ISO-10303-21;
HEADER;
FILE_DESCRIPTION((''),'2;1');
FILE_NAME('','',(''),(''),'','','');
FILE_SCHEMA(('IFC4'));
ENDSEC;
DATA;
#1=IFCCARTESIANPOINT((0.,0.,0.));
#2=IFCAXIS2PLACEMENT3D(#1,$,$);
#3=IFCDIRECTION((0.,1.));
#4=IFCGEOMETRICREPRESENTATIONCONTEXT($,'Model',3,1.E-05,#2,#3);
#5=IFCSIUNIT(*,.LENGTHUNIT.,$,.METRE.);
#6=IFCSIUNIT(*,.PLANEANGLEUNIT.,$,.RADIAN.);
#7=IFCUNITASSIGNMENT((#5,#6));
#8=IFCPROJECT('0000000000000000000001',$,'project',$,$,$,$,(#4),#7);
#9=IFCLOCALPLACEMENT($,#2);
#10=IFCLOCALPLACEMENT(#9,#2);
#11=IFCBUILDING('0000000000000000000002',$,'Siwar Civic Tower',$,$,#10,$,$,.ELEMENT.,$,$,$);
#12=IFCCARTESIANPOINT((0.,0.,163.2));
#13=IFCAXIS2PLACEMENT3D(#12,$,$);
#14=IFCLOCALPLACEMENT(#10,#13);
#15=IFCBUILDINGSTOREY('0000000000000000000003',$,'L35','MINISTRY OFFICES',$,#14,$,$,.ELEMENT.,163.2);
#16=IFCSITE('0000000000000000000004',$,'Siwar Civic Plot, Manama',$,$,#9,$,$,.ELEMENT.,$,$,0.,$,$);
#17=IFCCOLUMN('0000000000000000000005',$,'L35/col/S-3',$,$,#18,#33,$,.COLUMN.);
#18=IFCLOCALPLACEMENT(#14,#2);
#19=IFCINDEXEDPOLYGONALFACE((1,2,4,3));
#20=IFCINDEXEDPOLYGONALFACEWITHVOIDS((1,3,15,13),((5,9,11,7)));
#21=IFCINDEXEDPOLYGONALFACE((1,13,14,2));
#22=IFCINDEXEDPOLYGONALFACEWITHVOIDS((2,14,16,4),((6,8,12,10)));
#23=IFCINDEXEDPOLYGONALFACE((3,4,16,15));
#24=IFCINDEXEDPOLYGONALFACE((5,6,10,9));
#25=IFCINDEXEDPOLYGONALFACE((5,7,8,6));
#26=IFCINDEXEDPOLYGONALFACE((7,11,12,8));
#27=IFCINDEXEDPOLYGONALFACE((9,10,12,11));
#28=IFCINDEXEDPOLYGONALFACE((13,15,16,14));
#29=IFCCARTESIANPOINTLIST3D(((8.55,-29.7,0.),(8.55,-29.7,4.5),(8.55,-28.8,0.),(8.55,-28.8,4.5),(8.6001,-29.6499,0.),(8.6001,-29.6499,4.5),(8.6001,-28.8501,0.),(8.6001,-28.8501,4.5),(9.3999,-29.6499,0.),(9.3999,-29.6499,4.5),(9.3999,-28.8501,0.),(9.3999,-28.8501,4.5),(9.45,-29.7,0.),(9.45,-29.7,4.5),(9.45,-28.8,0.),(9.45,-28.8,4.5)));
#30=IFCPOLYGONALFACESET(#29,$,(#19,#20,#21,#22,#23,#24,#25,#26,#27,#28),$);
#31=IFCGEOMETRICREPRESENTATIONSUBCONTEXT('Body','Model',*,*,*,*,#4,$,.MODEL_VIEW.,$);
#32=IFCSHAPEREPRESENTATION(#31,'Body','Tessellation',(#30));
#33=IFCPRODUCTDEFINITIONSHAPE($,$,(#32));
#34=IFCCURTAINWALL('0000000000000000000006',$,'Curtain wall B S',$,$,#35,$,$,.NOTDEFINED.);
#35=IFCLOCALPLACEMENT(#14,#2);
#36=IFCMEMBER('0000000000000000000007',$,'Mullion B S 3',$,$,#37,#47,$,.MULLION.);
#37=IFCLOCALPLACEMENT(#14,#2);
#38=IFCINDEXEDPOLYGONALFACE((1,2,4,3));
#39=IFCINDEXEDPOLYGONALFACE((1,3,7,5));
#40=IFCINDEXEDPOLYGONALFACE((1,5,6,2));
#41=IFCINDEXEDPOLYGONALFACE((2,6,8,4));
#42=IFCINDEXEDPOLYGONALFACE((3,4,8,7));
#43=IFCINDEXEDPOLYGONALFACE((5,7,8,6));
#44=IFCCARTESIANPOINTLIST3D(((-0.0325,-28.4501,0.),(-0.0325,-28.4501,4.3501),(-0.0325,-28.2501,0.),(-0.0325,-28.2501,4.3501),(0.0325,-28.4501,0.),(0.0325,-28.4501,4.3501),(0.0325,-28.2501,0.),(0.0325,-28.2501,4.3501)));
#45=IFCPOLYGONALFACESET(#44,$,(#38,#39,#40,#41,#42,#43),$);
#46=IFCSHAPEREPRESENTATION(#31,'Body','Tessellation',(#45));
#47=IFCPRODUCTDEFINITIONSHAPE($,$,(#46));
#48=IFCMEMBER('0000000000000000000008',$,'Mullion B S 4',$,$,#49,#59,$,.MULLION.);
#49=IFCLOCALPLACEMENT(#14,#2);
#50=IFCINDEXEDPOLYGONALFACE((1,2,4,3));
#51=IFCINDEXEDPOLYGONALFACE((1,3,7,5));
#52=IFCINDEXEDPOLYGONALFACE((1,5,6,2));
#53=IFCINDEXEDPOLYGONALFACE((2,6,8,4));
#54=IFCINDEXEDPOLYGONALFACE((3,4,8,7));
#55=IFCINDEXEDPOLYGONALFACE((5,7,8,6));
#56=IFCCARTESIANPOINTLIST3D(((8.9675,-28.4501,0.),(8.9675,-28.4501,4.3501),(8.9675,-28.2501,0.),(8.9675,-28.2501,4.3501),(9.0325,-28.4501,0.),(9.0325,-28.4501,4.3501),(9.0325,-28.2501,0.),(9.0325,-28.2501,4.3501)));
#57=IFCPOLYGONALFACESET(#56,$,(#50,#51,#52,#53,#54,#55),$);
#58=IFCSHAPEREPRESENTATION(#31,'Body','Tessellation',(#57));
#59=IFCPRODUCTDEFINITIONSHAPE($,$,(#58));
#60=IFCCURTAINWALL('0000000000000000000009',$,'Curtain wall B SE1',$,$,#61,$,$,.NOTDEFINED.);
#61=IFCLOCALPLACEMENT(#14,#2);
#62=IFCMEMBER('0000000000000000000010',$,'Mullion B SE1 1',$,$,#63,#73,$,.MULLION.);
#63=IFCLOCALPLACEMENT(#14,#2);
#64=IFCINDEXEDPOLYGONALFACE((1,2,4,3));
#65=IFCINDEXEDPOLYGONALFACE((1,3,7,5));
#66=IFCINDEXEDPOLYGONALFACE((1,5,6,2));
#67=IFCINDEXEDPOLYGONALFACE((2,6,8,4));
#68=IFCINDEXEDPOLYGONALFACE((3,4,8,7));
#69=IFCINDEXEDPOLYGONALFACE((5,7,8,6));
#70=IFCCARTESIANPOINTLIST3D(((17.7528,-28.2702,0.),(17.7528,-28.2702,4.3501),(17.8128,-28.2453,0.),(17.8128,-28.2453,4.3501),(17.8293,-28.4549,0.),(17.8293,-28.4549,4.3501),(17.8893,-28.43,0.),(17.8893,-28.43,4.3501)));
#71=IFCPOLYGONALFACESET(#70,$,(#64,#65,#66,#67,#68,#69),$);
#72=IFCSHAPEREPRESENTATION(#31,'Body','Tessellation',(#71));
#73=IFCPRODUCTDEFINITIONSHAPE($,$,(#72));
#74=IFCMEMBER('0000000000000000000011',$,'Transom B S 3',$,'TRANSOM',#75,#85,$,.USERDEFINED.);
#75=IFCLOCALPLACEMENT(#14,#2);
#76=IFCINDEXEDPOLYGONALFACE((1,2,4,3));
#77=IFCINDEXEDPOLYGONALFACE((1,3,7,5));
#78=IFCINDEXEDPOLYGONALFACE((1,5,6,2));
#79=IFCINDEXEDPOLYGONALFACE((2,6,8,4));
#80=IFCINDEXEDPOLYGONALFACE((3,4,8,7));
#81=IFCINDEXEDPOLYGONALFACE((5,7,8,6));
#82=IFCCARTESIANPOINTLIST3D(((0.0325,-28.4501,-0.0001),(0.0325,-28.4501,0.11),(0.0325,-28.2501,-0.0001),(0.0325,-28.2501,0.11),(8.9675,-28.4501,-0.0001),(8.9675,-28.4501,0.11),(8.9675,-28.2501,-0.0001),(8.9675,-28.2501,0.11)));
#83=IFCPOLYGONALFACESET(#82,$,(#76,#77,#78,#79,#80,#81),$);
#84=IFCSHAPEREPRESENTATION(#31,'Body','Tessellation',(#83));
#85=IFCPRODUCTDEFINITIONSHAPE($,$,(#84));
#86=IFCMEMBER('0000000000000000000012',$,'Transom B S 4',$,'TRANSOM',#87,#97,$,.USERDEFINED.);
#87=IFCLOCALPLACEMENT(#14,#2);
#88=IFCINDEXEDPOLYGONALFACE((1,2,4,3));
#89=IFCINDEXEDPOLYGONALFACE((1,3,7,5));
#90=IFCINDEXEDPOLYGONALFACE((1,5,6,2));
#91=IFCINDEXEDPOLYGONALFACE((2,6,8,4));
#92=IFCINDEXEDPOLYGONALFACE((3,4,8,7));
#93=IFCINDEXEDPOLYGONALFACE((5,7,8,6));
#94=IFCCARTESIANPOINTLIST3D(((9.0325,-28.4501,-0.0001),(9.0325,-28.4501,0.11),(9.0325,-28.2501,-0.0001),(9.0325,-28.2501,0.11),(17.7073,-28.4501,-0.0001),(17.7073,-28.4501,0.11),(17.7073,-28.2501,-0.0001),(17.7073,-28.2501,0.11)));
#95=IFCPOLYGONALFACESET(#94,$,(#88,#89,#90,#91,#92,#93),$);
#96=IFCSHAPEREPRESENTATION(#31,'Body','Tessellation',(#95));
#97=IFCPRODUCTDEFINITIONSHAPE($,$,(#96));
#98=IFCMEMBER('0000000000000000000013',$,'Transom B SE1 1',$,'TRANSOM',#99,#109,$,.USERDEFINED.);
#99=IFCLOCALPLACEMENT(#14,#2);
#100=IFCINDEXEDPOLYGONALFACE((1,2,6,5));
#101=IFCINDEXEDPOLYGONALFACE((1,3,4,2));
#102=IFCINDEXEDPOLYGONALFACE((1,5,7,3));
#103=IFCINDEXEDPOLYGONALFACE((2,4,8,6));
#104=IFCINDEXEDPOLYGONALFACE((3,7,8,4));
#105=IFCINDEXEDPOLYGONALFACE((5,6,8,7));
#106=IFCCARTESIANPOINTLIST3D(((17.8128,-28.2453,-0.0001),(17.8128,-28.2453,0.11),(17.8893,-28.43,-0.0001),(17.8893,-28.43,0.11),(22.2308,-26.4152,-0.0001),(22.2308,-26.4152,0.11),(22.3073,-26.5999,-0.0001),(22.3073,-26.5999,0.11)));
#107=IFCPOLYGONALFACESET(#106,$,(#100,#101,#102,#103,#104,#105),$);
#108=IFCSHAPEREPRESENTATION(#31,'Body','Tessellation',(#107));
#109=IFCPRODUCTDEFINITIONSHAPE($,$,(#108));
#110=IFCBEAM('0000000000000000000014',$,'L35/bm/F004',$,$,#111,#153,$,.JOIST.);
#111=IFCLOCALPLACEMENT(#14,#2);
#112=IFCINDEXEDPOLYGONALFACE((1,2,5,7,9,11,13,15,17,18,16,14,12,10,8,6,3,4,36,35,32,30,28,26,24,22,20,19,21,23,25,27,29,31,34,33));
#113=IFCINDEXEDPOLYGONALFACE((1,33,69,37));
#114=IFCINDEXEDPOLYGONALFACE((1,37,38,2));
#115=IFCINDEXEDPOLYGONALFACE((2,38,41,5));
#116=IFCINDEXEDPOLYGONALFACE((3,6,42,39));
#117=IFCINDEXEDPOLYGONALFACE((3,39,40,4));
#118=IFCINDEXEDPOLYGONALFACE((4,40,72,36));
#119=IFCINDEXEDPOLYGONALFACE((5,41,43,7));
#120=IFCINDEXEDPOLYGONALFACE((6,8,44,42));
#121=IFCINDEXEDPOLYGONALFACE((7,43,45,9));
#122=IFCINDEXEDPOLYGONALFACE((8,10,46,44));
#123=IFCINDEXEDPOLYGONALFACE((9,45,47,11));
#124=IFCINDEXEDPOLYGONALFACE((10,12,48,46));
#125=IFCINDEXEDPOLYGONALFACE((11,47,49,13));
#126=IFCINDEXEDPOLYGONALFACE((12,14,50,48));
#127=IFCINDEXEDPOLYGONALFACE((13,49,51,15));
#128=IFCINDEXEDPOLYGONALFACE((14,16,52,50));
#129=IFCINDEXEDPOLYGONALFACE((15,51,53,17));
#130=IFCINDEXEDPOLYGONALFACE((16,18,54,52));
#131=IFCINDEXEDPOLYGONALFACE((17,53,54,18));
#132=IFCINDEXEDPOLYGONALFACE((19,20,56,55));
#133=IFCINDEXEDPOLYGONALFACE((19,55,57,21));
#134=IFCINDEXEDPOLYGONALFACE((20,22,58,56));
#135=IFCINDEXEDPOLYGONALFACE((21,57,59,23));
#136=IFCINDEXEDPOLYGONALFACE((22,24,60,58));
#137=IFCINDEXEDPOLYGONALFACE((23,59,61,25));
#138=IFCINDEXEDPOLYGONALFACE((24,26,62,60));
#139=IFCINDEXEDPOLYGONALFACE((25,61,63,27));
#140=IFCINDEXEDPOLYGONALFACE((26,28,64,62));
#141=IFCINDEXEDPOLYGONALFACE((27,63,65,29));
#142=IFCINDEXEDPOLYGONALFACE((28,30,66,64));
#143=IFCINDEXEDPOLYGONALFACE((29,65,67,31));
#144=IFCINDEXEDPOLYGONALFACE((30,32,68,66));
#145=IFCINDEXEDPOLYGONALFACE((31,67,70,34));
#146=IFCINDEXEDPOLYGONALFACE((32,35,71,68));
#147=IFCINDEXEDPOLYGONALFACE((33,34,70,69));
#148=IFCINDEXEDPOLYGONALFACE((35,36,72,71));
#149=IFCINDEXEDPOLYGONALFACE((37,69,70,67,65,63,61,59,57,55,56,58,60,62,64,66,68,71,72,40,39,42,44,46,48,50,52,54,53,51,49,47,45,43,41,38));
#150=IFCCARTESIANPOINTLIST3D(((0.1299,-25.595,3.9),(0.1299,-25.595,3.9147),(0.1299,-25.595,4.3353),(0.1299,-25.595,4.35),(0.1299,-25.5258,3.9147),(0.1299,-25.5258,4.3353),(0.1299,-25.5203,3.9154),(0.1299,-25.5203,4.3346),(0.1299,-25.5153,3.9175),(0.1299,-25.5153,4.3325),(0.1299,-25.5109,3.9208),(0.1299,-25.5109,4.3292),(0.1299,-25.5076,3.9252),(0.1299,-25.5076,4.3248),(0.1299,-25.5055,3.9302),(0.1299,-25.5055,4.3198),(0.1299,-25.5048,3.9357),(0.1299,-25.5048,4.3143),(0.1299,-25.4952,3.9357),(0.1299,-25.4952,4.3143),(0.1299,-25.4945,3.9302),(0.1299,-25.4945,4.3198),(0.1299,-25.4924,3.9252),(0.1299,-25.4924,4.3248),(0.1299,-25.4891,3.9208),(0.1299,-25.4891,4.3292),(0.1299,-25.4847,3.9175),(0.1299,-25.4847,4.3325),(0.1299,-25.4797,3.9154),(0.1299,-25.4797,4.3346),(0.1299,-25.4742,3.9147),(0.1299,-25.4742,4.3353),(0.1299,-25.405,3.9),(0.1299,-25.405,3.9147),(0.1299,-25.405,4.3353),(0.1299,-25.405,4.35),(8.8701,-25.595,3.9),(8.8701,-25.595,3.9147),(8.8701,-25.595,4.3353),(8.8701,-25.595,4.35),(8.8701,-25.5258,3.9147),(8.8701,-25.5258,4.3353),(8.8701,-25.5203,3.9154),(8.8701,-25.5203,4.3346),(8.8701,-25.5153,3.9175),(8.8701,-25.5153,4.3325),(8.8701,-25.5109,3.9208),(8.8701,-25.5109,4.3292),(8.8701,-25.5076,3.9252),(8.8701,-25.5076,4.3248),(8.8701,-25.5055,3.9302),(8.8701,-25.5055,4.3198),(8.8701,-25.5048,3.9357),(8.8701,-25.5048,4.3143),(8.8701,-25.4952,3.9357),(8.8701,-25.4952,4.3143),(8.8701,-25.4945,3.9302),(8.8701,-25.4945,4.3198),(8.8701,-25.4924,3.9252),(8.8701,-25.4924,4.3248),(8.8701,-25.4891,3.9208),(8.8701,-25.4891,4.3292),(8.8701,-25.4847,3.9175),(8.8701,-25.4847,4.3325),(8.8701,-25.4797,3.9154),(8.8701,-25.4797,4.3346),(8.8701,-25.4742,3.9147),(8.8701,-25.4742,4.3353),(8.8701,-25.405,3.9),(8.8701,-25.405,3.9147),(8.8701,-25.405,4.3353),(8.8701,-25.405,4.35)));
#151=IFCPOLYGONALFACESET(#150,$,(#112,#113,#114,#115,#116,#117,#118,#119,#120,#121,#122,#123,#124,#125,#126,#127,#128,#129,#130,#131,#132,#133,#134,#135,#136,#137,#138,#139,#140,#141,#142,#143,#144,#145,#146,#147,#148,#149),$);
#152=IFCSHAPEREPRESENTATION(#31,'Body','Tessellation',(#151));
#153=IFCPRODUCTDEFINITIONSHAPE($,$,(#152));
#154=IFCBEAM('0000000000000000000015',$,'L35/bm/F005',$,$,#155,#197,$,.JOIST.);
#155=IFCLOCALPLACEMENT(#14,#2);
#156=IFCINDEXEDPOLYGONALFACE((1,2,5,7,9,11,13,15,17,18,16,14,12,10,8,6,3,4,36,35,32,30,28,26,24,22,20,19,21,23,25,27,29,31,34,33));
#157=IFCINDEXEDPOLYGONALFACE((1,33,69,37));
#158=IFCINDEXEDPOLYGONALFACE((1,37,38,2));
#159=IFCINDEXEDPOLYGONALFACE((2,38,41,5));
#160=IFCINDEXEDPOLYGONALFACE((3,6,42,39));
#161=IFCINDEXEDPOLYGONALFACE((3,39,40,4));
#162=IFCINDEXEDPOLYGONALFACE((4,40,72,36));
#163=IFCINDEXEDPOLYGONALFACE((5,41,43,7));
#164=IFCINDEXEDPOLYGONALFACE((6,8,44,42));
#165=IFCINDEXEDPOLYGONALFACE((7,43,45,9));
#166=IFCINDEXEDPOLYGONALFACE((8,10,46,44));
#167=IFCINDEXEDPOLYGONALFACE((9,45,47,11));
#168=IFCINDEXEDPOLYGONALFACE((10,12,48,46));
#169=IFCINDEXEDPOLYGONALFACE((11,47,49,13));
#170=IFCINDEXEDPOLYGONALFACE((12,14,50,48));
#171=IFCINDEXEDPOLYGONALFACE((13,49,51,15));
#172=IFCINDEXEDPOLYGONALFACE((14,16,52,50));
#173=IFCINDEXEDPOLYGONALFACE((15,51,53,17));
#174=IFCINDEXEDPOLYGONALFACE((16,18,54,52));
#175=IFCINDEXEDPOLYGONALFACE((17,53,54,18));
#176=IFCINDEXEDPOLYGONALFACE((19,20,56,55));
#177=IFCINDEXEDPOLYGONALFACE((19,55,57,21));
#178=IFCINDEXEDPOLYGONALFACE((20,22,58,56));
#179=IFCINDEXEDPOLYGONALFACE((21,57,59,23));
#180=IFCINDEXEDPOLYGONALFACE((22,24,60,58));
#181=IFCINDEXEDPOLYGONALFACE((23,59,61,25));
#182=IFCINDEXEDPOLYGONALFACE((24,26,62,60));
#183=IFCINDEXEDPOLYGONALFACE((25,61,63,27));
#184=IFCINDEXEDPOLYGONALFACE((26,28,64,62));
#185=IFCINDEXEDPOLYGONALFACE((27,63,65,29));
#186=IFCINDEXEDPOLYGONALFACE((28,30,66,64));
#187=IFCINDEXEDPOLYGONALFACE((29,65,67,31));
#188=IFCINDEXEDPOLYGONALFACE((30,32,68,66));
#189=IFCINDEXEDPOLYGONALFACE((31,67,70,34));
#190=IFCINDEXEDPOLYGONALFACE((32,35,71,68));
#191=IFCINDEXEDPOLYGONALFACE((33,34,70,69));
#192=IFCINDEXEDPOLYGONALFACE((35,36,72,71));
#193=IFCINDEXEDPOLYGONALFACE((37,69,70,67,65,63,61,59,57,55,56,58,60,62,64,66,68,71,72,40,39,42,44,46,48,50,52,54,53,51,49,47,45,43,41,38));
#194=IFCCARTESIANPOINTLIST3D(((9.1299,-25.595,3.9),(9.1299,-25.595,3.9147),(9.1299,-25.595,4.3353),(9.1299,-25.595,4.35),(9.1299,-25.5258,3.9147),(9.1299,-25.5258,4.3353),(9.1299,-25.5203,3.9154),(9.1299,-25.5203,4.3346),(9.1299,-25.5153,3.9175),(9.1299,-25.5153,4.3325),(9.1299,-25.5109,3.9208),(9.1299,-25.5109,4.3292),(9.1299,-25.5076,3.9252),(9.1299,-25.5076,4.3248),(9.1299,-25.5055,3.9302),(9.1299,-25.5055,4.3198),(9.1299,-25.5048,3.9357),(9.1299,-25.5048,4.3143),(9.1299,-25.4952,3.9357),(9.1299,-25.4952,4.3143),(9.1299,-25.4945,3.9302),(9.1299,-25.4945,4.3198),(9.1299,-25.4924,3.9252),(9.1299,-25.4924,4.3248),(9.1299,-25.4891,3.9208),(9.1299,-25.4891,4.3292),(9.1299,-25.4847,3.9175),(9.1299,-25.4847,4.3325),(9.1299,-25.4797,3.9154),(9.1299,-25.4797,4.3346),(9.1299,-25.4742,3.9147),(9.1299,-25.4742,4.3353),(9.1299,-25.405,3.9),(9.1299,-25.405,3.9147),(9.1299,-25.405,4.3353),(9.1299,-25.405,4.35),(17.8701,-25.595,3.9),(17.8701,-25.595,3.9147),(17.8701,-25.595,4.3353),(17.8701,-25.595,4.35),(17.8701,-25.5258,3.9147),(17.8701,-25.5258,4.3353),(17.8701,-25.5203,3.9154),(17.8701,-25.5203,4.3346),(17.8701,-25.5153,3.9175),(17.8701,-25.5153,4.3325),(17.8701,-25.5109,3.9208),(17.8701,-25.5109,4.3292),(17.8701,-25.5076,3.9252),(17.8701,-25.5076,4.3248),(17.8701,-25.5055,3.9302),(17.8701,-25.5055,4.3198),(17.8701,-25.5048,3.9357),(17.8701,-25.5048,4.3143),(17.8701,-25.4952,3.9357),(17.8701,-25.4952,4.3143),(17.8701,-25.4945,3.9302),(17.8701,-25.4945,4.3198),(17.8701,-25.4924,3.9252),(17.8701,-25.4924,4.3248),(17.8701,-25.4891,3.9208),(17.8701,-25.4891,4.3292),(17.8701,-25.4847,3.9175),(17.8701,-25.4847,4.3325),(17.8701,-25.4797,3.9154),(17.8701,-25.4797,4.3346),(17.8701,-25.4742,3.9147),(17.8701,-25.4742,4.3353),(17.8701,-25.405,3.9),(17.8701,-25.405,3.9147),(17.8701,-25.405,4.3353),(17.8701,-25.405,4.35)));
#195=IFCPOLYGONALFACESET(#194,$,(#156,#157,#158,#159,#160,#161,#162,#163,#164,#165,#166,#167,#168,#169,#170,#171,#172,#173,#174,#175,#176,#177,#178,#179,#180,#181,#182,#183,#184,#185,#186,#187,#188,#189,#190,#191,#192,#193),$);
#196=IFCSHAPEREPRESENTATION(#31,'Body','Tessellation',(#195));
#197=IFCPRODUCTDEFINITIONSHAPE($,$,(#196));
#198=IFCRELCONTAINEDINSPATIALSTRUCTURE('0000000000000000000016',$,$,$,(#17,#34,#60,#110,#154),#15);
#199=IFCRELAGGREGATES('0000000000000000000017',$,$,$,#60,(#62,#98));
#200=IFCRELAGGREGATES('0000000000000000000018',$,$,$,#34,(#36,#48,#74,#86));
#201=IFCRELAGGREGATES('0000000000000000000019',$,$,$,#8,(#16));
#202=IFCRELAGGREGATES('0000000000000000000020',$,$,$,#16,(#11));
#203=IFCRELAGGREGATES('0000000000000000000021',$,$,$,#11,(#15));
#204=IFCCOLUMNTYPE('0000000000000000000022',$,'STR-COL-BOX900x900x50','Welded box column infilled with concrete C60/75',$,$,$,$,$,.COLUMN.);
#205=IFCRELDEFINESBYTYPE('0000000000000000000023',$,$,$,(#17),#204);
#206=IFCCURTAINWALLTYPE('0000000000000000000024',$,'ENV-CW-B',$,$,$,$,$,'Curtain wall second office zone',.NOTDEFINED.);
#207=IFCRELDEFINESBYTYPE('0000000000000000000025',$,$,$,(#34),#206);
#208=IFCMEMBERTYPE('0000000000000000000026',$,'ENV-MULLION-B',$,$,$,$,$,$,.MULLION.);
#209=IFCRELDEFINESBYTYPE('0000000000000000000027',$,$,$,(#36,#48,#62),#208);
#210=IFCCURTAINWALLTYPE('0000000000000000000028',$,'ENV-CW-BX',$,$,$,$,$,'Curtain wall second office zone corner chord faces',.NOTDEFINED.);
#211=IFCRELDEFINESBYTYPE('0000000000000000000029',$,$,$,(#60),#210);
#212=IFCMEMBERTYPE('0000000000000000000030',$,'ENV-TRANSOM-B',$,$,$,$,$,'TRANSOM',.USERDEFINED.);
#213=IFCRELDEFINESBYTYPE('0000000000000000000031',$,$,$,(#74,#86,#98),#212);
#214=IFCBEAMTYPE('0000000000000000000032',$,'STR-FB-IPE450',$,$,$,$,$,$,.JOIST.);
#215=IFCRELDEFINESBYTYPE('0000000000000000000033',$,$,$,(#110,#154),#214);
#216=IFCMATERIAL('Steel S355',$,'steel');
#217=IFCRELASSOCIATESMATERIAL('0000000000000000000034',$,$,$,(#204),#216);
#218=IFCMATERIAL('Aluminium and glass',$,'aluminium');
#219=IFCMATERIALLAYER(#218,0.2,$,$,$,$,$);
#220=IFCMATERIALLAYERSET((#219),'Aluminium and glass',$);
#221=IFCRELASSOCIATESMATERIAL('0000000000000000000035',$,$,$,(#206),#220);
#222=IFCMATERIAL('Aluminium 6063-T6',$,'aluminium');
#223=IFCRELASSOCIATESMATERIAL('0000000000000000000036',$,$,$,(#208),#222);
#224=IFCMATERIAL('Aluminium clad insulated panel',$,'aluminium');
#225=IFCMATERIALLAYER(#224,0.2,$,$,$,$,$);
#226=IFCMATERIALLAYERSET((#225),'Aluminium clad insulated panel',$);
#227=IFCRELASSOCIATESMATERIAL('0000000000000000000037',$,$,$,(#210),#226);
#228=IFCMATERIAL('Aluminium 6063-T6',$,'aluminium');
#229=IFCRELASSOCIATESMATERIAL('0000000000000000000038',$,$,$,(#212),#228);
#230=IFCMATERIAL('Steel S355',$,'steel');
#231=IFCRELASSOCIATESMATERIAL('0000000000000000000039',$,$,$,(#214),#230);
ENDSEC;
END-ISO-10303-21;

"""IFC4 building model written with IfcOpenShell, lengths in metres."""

from ifc_helpers import new_model, si_unit, direction, frame, origin, origin_2d, place, context, subcontext, project, spatial, rectangle, hollow_rectangle, i_section, extrude, material, layer, layer_set, material_profile, profile_set, type_object, element, aggregate, save


model = new_model("IFC4")

# Units and contexts
model_context = context("Model", 3, precision=1e-05, world=origin(), true_north=direction((0.0, 1.0)))
body_context = subcontext(model_context, "Body", "Model", "MODEL_VIEW")
ifc_project = project(units=[si_unit("LENGTHUNIT", "METRE"), si_unit("PLANEANGLEUNIT", "RADIAN")], contexts=[model_context])

# Site, building, storey
site_placement = place(None, origin())
site = spatial("IfcSite", under=ifc_project, at=site_placement, Name="Siwar Civic Plot, Manama", CompositionType="ELEMENT", RefElevation=0.0)
building_placement = place(site_placement, origin())
building = spatial("IfcBuilding", under=site, at=building_placement, Name="Siwar Civic Tower", CompositionType="ELEMENT")
storey_placement = place(building_placement, frame((0.0, 0.0, 163.2)))
storey = spatial("IfcBuildingStorey", under=building, at=storey_placement, Name="L35", Description="MINISTRY OFFICES", CompositionType="ELEMENT", Elevation=163.2)

# Column
ifc_material_1 = material(Name="Steel S355", Category="steel")
ifc_material_profile_1 = material_profile(ifc_material_1, hollow_rectangle(XDim=0.8999, YDim=0.8999, WallThickness=0.05, at=origin_2d()), Name="BOX900x900x50")
ifc_profile_set_1 = profile_set([ifc_material_profile_1], Name="Steel S355")
column_type = type_object("IfcColumnType", Name="STR-COL-BOX900x900x50", Description="Welded box column infilled with concrete C60/75", PredefinedType="COLUMN", material=ifc_profile_set_1)
column_placement = place(storey_placement, frame((9.0, -29.25, 0.0), z_axis=(0.0, 0.0, 1.0), x_axis=(1.0, 0.0, 0.0)))
element("IfcColumn", 1, at=column_placement, inside=storey, type_object=column_type, Name="L35/col/S-3", PredefinedType="COLUMN", context=body_context, shape_type="SweptSolid", body=[
    extrude(hollow_rectangle(XDim=0.8999, YDim=0.8999, WallThickness=0.05, at=origin_2d()), origin(), (0.0, 0.0, 1.0), 4.5),
])

# Curtain wall, members
ifc_material_2 = material(Name="Aluminium and glass", Category="aluminium")
ifc_layer_1 = layer(ifc_material_2, 0.2)
ifc_layer_set_1 = layer_set([ifc_layer_1], Name="Aluminium and glass")
curtain_wall_type_1 = type_object("IfcCurtainWallType", Name="ENV-CW-B", ElementType="Curtain wall second office zone", PredefinedType="NOTDEFINED", material=ifc_layer_set_1)
curtain_wall_1_placement = place(storey_placement, origin())
curtain_wall_1 = element("IfcCurtainWall", 2, at=curtain_wall_1_placement, inside=storey, type_object=curtain_wall_type_1, Name="Curtain wall B S", PredefinedType="NOTDEFINED")
ifc_material_3 = material(Name="Aluminium 6063-T6", Category="aluminium")
ifc_material_profile_2 = material_profile(ifc_material_3, rectangle(XDim=0.2, YDim=0.0649, at=origin_2d()), Name="AL 200x65")
ifc_profile_set_2 = profile_set([ifc_material_profile_2], Name="Aluminium 6063-T6")
member_type_1 = type_object("IfcMemberType", Name="ENV-MULLION-B", PredefinedType="MULLION", material=ifc_profile_set_2)
member_1_placement = place(storey_placement, frame((0.0, -28.3501, 0.0), z_axis=(0.0, 0.0, 1.0), x_axis=(0.0, 1.0, 0.0)))
member_1 = element("IfcMember", 3, at=member_1_placement, type_object=member_type_1, Name="Mullion B S 3", PredefinedType="MULLION", context=body_context, shape_type="SweptSolid", body=[
    extrude(rectangle(XDim=0.2, YDim=0.0649, at=origin_2d()), origin(), (0.0, 0.0, 1.0), 4.3501),
])
member_2_placement = place(storey_placement, frame((9.0, -28.3501, 0.0), z_axis=(0.0, 0.0, 1.0), x_axis=(0.0, 1.0, 0.0)))
member_2 = element("IfcMember", 4, at=member_2_placement, type_object=member_type_1, Name="Mullion B S 4", PredefinedType="MULLION", context=body_context, shape_type="SweptSolid", body=[
    extrude(rectangle(XDim=0.2, YDim=0.0649, at=origin_2d()), origin(), (0.0, 0.0, 1.0), 4.3501),
])

# Curtain wall, member
ifc_material_4 = material(Name="Aluminium clad insulated panel", Category="aluminium")
ifc_layer_2 = layer(ifc_material_4, 0.2)
ifc_layer_set_2 = layer_set([ifc_layer_2], Name="Aluminium clad insulated panel")
curtain_wall_type_2 = type_object("IfcCurtainWallType", Name="ENV-CW-BX", ElementType="Curtain wall second office zone corner chord faces", PredefinedType="NOTDEFINED", material=ifc_layer_set_2)
curtain_wall_2_placement = place(storey_placement, origin())
curtain_wall_2 = element("IfcCurtainWall", 5, at=curtain_wall_2_placement, inside=storey, type_object=curtain_wall_type_2, Name="Curtain wall B SE1", PredefinedType="NOTDEFINED")
member_3_placement = place(storey_placement, frame((17.821, -28.3501, 0.0), z_axis=(0.0, 0.0, 1.0), x_axis=(-0.382683, 0.92388, 0.0)))
member_3 = element("IfcMember", 6, at=member_3_placement, type_object=member_type_1, Name="Mullion B SE1 1", PredefinedType="MULLION", context=body_context, shape_type="SweptSolid", body=[
    extrude(rectangle(XDim=0.2, YDim=0.0649, at=origin_2d()), origin(), (0.0, 0.0, 1.0), 4.3501),
])

# Members
ifc_material_5 = material(Name="Aluminium 6063-T6", Category="aluminium")
ifc_material_profile_3 = material_profile(ifc_material_5, rectangle(XDim=0.2, YDim=0.1101, at=origin_2d()), Name="AL 200x110")
ifc_profile_set_3 = profile_set([ifc_material_profile_3], Name="Aluminium 6063-T6")
member_type_2 = type_object("IfcMemberType", Name="ENV-TRANSOM-B", ElementType="TRANSOM", PredefinedType="USERDEFINED", material=ifc_profile_set_3)
member_4_placement = place(storey_placement, frame((0.0325, -28.3501, 0.0549), z_axis=(1.0, 0.0, 0.0), x_axis=(0.0, 1.0, 0.0)))
member_4 = element("IfcMember", 7, at=member_4_placement, type_object=member_type_2, Name="Transom B S 3", ObjectType="TRANSOM", PredefinedType="USERDEFINED", context=body_context, shape_type="SweptSolid", body=[
    extrude(rectangle(XDim=0.2, YDim=0.1101, at=origin_2d()), origin(), (0.0, 0.0, 1.0), 8.9351),
])
member_5_placement = place(storey_placement, frame((9.0325, -28.3501, 0.0549), z_axis=(1.0, 0.0, 0.0), x_axis=(0.0, 1.0, 0.0)))
member_5 = element("IfcMember", 8, at=member_5_placement, type_object=member_type_2, Name="Transom B S 4", ObjectType="TRANSOM", PredefinedType="USERDEFINED", context=body_context, shape_type="SweptSolid", body=[
    extrude(rectangle(XDim=0.2, YDim=0.1101, at=origin_2d()), origin(), (0.0, 0.0, 1.0), 8.6748),
])
member_6_placement = place(storey_placement, frame((17.8511, -28.3376, 0.0549), z_axis=(0.923872, 0.3827, 0.0), x_axis=(-0.3827, 0.923872, 0.0)))
member_6 = element("IfcMember", 9, at=member_6_placement, type_object=member_type_2, Name="Transom B SE1 1", ObjectType="TRANSOM", PredefinedType="USERDEFINED", context=body_context, shape_type="SweptSolid", body=[
    extrude(rectangle(XDim=0.2, YDim=0.1101, at=origin_2d()), origin(), (0.0, 0.0, 1.0), 4.782),
])
aggregate(curtain_wall_2, [member_3, member_6])

# Beams
ifc_material_6 = material(Name="Steel S355", Category="steel")
ifc_material_profile_4 = material_profile(ifc_material_6, i_section(OverallWidth=0.1899, OverallDepth=0.45, WebThickness=0.0095, FlangeThickness=0.0146, FilletRadius=0.021, at=origin_2d()), Name="IPE450")
ifc_profile_set_4 = profile_set([ifc_material_profile_4], Name="Steel S355")
beam_type_1 = type_object("IfcBeamType", Name="STR-FB-IPE450", PredefinedType="JOIST", material=ifc_profile_set_4)
for number, where, z_axis, x_axis, name in (
    (10, (0.1299, -25.5, 4.125), (1.0, 0.0, 0.0), (0.0, 1.0, 0.0), "L35/bm/F004"),
    (11, (9.1299, -25.5, 4.125), (1.0, 0.0, 0.0), (0.0, 1.0, 0.0), "L35/bm/F005"),
):
    element("IfcBeam", number, at=place(storey_placement, frame(where, z_axis=z_axis, x_axis=x_axis)), inside=storey, type_object=beam_type_1, Name=name, PredefinedType="JOIST", context=body_context, shape_type="SweptSolid", body=[
        extrude(i_section(OverallWidth=0.1899, OverallDepth=0.45, WebThickness=0.0095, FlangeThickness=0.0146, FilletRadius=0.021, at=origin_2d()), origin(), (0.0, 0.0, 1.0), 8.7402),
    ])

aggregate(curtain_wall_1, [member_1, member_2, member_4, member_5])

save(model, "model.ifc")
